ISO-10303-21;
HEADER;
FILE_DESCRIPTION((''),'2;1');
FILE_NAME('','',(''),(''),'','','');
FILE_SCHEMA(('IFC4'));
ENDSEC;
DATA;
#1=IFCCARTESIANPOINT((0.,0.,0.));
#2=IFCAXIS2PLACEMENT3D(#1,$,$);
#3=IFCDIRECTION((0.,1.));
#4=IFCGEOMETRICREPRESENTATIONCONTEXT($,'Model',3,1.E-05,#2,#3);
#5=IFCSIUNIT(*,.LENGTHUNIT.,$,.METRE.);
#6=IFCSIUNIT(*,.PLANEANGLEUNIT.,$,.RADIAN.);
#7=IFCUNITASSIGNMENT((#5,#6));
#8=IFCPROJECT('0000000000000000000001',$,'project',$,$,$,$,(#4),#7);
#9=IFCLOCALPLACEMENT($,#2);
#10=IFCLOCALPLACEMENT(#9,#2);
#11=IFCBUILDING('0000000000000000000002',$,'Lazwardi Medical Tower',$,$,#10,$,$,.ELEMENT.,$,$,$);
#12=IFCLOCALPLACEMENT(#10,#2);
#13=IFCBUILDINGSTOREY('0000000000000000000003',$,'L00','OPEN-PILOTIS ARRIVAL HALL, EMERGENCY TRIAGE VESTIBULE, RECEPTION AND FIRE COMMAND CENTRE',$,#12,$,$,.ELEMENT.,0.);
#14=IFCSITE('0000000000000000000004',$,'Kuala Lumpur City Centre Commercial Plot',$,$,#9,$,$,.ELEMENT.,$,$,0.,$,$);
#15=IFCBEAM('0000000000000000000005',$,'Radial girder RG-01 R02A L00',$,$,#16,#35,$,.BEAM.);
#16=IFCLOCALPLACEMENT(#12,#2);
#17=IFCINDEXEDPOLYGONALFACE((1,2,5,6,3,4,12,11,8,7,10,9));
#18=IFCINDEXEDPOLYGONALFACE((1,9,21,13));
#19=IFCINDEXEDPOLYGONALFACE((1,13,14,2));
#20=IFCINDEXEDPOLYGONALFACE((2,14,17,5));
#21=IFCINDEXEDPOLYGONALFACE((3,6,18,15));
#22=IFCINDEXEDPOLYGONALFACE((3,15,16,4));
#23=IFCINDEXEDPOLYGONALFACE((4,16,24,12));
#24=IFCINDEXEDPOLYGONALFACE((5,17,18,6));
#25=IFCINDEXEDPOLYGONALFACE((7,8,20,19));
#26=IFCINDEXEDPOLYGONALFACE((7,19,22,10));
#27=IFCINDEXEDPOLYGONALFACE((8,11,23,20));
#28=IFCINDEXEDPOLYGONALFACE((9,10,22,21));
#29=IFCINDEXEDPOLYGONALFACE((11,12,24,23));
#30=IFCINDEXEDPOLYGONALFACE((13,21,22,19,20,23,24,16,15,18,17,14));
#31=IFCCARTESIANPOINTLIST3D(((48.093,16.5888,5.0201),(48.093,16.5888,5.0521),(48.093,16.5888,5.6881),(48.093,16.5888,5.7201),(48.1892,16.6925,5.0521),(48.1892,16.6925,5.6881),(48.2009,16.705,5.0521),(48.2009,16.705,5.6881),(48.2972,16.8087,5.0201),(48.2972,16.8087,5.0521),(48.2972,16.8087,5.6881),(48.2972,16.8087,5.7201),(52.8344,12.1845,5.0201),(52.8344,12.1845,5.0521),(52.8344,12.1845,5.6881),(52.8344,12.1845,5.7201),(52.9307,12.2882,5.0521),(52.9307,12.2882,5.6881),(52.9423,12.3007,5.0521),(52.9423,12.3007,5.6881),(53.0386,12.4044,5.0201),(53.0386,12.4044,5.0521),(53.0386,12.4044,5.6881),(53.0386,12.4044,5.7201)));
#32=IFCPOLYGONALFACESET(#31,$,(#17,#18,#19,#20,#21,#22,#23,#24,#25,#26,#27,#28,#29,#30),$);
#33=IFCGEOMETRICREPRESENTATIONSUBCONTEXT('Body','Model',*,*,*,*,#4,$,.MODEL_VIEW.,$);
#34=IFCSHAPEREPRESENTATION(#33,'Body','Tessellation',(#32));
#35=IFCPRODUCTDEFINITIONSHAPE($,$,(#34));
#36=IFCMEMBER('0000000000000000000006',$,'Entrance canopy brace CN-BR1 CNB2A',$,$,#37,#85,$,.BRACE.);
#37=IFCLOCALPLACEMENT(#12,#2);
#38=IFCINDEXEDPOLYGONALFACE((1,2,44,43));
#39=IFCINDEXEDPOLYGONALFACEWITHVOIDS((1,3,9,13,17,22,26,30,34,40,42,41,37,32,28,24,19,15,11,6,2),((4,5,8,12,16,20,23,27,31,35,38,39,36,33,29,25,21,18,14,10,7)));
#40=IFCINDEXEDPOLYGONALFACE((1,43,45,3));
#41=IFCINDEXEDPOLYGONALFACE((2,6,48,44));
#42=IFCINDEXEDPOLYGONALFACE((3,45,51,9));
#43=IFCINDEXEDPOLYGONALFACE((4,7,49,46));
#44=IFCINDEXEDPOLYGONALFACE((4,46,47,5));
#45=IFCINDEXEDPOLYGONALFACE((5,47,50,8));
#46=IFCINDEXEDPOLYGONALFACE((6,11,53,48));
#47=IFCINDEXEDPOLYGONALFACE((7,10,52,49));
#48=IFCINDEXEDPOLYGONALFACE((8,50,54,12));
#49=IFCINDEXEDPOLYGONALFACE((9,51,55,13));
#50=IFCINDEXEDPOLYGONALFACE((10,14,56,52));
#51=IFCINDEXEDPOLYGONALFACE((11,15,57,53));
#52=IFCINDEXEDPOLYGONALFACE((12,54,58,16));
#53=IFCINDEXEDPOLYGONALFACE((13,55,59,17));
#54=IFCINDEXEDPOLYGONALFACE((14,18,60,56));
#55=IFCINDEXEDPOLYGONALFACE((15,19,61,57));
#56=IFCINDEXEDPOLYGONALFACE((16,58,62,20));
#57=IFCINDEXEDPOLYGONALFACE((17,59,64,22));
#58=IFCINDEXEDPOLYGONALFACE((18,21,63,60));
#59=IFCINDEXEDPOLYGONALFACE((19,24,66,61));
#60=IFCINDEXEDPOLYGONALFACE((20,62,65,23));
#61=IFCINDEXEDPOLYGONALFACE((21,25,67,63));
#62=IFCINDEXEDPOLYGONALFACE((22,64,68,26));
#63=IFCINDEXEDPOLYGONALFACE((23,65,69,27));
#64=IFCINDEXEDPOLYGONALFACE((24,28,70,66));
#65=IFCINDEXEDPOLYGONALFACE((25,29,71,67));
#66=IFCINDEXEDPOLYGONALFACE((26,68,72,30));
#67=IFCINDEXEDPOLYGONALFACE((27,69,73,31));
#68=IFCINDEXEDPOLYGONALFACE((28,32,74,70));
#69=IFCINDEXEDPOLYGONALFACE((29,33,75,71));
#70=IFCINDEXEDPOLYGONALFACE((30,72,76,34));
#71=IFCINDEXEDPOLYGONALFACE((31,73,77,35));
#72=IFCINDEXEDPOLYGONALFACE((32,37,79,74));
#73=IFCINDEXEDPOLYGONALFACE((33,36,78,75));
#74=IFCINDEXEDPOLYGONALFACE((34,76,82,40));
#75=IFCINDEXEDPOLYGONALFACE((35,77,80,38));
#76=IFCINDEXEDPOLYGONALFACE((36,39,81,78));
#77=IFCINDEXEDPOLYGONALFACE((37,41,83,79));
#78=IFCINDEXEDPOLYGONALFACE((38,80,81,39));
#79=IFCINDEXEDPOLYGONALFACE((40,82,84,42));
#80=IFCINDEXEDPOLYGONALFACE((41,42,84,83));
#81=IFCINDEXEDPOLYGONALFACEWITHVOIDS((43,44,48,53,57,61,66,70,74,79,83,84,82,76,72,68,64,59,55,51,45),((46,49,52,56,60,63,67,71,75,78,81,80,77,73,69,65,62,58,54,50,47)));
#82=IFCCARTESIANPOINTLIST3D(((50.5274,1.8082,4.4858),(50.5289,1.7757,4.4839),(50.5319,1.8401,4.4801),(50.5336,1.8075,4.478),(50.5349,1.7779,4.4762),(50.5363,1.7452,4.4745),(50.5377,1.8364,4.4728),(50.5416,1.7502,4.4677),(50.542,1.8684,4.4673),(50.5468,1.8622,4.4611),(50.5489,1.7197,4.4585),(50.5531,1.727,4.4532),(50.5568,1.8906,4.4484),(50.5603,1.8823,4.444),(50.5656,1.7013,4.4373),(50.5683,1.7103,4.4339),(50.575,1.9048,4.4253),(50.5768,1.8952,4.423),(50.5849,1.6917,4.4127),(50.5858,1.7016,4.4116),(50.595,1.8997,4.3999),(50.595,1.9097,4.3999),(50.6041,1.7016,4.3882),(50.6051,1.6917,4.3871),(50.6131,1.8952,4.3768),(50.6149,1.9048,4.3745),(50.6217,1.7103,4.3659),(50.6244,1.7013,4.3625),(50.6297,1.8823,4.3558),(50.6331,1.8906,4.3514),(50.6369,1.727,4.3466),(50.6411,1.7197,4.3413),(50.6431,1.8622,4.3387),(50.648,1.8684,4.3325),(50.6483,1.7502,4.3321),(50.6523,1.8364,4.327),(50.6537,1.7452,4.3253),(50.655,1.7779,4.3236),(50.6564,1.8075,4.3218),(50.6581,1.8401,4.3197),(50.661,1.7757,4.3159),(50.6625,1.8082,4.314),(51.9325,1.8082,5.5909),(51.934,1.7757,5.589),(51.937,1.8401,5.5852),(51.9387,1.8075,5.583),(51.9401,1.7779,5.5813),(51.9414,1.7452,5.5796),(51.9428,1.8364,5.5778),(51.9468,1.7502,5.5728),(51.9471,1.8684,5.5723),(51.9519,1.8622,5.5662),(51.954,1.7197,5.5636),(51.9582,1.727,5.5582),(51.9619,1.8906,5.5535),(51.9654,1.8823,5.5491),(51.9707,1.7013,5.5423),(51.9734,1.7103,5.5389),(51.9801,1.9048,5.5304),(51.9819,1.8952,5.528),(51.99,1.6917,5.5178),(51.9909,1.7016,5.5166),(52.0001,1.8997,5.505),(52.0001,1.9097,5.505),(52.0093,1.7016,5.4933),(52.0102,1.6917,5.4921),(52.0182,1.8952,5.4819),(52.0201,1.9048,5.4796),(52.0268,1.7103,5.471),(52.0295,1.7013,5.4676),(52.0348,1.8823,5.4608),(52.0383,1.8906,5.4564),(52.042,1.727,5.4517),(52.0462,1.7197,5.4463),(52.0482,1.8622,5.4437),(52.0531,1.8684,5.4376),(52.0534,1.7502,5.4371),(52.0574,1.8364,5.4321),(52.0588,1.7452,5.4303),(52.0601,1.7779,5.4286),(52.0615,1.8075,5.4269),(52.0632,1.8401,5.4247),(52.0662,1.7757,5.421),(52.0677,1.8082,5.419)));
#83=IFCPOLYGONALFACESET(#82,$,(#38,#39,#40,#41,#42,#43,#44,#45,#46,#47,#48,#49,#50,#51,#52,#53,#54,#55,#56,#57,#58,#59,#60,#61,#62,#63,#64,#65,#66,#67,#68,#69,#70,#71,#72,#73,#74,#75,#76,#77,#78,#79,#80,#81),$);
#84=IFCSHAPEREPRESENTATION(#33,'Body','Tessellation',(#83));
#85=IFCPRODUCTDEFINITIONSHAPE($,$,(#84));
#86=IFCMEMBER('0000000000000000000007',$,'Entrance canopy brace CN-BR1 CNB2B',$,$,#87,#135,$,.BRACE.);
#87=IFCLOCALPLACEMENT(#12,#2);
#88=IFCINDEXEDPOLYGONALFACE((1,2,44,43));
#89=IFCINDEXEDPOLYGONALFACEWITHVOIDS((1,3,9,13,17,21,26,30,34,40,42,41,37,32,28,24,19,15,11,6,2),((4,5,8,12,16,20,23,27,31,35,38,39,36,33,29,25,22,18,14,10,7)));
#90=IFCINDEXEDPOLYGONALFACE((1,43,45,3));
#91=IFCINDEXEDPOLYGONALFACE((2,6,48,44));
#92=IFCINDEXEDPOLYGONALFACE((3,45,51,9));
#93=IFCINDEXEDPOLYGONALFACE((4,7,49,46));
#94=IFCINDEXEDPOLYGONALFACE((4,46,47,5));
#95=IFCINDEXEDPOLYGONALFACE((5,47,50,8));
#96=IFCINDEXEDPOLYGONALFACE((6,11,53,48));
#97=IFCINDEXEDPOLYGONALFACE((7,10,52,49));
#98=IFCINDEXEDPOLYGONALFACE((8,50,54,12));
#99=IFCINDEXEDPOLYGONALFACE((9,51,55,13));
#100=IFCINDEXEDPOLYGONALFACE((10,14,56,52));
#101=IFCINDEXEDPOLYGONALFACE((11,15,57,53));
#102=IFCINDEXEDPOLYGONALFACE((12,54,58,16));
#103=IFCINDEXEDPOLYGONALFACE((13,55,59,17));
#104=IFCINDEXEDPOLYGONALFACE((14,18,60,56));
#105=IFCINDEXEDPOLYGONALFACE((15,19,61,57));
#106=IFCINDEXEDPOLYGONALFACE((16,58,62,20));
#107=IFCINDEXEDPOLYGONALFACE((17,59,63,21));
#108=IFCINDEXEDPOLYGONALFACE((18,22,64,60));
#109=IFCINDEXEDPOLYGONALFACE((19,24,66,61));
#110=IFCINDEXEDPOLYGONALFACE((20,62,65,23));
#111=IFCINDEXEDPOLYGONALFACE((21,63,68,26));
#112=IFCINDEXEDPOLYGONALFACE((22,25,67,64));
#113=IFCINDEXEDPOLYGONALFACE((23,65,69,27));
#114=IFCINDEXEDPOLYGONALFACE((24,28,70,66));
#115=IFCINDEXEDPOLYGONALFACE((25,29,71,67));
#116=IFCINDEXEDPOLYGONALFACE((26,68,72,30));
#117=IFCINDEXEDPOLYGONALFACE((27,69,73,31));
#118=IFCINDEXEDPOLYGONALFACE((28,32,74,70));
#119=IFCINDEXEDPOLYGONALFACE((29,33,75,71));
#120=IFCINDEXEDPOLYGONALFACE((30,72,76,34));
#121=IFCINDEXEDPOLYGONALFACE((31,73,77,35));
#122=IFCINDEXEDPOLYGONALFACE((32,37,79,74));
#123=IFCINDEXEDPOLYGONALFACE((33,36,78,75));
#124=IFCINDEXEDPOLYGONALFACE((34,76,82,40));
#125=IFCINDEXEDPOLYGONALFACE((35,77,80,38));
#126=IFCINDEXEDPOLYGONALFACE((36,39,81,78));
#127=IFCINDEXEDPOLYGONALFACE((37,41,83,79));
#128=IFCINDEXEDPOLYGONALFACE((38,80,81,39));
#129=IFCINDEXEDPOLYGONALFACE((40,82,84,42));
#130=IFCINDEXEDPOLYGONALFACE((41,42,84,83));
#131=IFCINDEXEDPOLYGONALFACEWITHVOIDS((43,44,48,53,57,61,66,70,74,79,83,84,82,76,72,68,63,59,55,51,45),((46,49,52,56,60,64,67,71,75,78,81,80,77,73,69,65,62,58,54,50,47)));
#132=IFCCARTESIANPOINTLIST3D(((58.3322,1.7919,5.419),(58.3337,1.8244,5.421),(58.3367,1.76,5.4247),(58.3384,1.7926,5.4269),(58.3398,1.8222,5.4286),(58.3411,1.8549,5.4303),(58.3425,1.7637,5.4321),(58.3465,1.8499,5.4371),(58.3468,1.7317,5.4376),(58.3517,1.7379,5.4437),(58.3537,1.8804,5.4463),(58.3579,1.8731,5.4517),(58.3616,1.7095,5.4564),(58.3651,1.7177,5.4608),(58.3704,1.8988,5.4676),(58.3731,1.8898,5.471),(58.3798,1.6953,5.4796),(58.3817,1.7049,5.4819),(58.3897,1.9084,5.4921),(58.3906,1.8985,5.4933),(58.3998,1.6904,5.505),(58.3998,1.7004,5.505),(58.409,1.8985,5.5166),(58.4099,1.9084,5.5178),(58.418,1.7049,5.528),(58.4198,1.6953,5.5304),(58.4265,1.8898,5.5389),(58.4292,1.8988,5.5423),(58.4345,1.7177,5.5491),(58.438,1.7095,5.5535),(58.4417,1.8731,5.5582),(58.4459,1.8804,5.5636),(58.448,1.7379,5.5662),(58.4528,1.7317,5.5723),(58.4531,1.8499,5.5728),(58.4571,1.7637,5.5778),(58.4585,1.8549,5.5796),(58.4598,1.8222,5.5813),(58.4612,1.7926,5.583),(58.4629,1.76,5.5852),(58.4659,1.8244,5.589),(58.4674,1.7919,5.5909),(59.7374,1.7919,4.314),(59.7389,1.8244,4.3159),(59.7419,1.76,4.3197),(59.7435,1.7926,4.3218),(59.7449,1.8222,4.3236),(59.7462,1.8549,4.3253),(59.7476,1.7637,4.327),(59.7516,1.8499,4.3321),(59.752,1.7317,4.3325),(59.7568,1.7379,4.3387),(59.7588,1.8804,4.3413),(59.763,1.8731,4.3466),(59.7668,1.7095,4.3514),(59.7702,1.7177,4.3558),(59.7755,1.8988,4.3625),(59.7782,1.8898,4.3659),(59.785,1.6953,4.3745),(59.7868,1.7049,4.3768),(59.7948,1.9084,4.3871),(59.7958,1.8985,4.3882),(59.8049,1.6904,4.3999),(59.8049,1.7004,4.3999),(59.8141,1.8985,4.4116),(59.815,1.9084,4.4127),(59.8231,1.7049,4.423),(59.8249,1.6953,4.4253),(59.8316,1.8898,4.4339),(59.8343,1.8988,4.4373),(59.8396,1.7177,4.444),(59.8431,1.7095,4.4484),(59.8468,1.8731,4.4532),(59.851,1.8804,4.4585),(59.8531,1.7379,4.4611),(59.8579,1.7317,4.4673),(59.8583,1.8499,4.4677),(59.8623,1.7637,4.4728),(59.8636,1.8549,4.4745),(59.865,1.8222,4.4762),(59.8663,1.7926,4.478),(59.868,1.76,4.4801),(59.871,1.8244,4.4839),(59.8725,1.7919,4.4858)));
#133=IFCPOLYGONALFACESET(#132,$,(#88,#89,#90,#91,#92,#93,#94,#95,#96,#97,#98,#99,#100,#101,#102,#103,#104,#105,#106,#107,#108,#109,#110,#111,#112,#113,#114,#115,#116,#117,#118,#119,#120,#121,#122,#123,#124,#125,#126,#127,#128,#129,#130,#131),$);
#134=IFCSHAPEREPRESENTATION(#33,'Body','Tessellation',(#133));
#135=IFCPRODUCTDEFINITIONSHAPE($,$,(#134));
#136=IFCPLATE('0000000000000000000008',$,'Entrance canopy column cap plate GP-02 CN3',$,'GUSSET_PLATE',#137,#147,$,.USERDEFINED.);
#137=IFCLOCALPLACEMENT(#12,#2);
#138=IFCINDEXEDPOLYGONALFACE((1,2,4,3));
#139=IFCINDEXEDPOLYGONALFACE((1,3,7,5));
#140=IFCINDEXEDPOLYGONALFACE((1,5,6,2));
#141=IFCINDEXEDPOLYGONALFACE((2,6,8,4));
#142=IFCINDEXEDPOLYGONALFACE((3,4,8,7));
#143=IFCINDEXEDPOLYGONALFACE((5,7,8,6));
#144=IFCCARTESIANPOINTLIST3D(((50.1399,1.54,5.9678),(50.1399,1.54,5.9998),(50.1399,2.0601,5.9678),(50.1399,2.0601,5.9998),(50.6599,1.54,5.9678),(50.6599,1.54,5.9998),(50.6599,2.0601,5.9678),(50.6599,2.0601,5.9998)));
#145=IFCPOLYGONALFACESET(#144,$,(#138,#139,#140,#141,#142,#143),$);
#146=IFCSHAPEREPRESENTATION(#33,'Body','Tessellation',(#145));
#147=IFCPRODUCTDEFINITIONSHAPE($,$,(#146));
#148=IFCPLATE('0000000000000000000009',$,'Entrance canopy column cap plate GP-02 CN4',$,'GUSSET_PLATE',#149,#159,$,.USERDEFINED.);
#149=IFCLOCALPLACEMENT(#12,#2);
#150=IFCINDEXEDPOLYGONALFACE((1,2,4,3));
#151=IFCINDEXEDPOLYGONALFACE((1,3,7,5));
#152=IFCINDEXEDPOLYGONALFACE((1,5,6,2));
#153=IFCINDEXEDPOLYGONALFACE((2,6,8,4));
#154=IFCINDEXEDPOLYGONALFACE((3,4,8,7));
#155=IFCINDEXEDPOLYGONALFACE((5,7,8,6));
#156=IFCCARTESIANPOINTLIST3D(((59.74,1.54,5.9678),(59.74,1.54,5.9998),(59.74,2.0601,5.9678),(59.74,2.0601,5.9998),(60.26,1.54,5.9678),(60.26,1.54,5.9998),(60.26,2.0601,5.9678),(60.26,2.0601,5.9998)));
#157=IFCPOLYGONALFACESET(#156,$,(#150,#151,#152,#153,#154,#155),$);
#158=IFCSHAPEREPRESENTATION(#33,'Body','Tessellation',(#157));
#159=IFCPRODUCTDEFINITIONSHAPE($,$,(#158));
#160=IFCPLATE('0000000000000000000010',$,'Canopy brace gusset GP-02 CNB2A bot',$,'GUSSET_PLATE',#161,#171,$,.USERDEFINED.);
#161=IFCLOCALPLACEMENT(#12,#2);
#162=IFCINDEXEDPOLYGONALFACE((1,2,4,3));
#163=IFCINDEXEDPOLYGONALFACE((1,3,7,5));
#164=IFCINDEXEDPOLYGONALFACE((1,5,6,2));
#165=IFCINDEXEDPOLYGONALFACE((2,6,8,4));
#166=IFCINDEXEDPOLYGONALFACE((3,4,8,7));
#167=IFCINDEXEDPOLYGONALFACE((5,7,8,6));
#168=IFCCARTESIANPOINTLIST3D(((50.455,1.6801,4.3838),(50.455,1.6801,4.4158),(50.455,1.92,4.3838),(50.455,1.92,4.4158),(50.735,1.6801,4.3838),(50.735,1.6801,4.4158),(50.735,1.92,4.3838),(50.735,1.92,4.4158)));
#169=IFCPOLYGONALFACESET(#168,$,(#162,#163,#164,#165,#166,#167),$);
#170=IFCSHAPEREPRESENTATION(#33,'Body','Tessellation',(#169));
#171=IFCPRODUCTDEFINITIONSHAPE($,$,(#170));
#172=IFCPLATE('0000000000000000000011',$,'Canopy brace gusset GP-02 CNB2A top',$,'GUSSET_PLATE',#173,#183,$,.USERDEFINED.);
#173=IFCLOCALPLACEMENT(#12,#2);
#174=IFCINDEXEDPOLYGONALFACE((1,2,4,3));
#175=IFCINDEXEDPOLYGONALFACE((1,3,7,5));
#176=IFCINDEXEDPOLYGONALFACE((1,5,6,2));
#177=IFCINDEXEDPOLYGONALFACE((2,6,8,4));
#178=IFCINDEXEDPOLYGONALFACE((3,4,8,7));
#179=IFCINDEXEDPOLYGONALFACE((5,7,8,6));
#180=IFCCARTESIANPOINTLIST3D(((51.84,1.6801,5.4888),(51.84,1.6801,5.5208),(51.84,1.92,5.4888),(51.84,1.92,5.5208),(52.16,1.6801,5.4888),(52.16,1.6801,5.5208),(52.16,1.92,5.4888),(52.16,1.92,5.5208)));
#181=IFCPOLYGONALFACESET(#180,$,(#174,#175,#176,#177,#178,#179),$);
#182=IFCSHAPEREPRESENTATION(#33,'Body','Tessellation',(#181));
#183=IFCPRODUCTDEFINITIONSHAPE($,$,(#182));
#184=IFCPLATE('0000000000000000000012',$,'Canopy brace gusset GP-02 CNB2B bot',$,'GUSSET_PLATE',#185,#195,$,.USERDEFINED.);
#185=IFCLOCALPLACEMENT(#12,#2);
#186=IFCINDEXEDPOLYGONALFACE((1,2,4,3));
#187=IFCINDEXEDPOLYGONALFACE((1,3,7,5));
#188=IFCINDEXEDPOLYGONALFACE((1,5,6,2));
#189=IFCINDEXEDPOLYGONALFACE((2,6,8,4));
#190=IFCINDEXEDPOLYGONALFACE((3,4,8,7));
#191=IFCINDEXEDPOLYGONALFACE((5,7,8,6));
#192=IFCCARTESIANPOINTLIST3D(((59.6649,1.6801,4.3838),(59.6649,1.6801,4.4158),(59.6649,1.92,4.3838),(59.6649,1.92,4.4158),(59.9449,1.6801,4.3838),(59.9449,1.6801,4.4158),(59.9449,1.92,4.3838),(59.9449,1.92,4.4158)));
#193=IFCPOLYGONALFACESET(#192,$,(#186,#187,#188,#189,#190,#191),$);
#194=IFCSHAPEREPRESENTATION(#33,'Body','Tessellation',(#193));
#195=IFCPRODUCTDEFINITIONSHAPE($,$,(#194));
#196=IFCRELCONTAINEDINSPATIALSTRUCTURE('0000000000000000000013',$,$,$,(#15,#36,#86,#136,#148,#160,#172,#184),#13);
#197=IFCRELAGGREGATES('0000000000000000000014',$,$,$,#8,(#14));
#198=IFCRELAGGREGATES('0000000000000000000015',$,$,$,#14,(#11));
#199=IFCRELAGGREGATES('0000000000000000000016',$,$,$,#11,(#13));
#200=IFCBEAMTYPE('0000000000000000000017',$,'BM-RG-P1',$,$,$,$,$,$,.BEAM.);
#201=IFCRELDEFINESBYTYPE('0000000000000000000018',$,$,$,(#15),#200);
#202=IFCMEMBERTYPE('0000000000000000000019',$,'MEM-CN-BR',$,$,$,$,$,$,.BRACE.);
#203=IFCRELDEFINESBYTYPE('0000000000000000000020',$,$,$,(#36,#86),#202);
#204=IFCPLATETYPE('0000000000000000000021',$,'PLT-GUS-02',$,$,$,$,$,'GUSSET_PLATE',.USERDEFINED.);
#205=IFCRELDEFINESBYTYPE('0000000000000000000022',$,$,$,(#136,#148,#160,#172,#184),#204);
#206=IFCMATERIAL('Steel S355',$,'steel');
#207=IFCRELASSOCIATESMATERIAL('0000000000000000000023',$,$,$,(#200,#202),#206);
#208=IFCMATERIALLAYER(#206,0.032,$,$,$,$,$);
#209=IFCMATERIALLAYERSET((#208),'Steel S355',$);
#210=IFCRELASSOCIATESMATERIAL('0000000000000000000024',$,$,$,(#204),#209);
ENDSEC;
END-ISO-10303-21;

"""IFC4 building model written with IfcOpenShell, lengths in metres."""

from ifc_helpers import new_model, si_unit, direction, frame, origin, origin_2d, place, context, subcontext, project, spatial, rectangle, hollow_circle, i_section, extrude, material, layer, layer_set, material_profile, profile_set, type_object, element, save


model = new_model("IFC4")

# Units and contexts
model_context = context("Model", 3, precision=1e-05, world=origin(), true_north=direction((0.0, 1.0)))
body_context = subcontext(model_context, "Body", "Model", "MODEL_VIEW")
ifc_project = project(units=[si_unit("LENGTHUNIT", "METRE"), si_unit("PLANEANGLEUNIT", "RADIAN")], contexts=[model_context])

# Site, building, storey
site_placement = place(None, origin())
site = spatial("IfcSite", under=ifc_project, at=site_placement, Name="Kuala Lumpur City Centre Commercial Plot", CompositionType="ELEMENT", RefElevation=0.0)
building_placement = place(site_placement, origin())
building = spatial("IfcBuilding", under=site, at=building_placement, Name="Lazwardi Medical Tower", CompositionType="ELEMENT")
storey_placement = place(building_placement, origin())
storey = spatial("IfcBuildingStorey", under=building, at=storey_placement, Name="L00", Description="OPEN-PILOTIS ARRIVAL HALL, EMERGENCY TRIAGE VESTIBULE, RECEPTION AND FIRE COMMAND CENTRE", CompositionType="ELEMENT", Elevation=0.0)

# Shared definitions
ifc_material_1 = material(Name="Steel S355", Category="steel")

# Beam
ifc_material_profile_1 = material_profile(ifc_material_1, i_section(OverallWidth=0.3, OverallDepth=0.7, WebThickness=0.0171, FlangeThickness=0.032, at=origin_2d()), Name="HEB 700")
ifc_profile_set_1 = profile_set([ifc_material_profile_1], Name="Steel S355")
beam_type_1 = type_object("IfcBeamType", Name="BM-RG-P1", PredefinedType="BEAM", material=ifc_profile_set_1)
beam_1_placement = place(storey_placement, frame((52.9365, 12.2944, 5.3701), z_axis=(-0.732677, 0.680577, 0.0), x_axis=(-0.680577, -0.732677, 0.0)))
element("IfcBeam", 1, at=beam_1_placement, inside=storey, type_object=beam_type_1, Name="Radial girder RG-01 R02A L00", PredefinedType="BEAM", context=body_context, shape_type="SweptSolid", body=[
    extrude(i_section(OverallWidth=0.3, OverallDepth=0.7, WebThickness=0.0171, FlangeThickness=0.032, at=origin_2d()), origin(), (0.0, 0.0, 1.0), 6.4714),
])

# Members
ifc_material_profile_2 = material_profile(ifc_material_1, hollow_circle(Radius=0.1096, WallThickness=0.01, at=origin_2d()), Name="CHS 219.1x10")
ifc_profile_set_2 = profile_set([ifc_material_profile_2], Name="Steel S355")
member_type = type_object("IfcMemberType", Name="MEM-CN-BR", PredefinedType="BRACE", material=ifc_profile_set_2)
for number, where, z_axis, x_axis, name in (
    (2, (50.595, 1.8, 4.3999), (0.786039, 0.0, 0.618177), (0.0, 1.0, 0.0), "Entrance canopy brace CN-BR1 CNB2A"),
    (3, (59.8049, 1.8, 4.3999), (-0.786039, 0.0, 0.618177), (0.0, -1.0, 0.0), "Entrance canopy brace CN-BR1 CNB2B"),
):
    element("IfcMember", number, at=place(storey_placement, frame(where, z_axis=z_axis, x_axis=x_axis)), inside=storey, type_object=member_type, Name=name, PredefinedType="BRACE", context=body_context, shape_type="SweptSolid", body=[
        extrude(hollow_circle(Radius=0.1096, WallThickness=0.01, at=origin_2d()), origin(), (0.0, 0.0, 1.0), 1.7876),
    ])

# Plates
ifc_layer_1 = layer(ifc_material_1, 0.032)
ifc_layer_set_1 = layer_set([ifc_layer_1], Name="Steel S355")
plate_type = type_object("IfcPlateType", Name="PLT-GUS-02", ElementType="GUSSET_PLATE", PredefinedType="USERDEFINED", material=ifc_layer_set_1)
for number, where, z_axis, x_axis, name in (
    (4, (50.3999, 1.8, 5.9678), (0.0, 0.0, 1.0), (1.0, 0.0, 0.0), "Entrance canopy column cap plate GP-02 CN3"),
    (5, (60.0, 1.8, 5.9678), (0.0, 0.0, 1.0), (1.0, 0.0, 0.0), "Entrance canopy column cap plate GP-02 CN4"),
):
    element("IfcPlate", number, at=place(storey_placement, frame(where, z_axis=z_axis, x_axis=x_axis)), inside=storey, type_object=plate_type, Name=name, ObjectType="GUSSET_PLATE", PredefinedType="USERDEFINED", context=body_context, shape_type="SweptSolid", body=[
        extrude(rectangle(XDim=0.52, YDim=0.52, at=origin_2d()), origin(), (0.0, 0.0, 1.0), 0.032),
    ])
plate_1_placement = place(storey_placement, frame((50.595, 1.8, 4.3838), z_axis=(0.0, 0.0, 1.0), x_axis=(1.0, 0.0, 0.0)))
element("IfcPlate", 6, at=plate_1_placement, inside=storey, type_object=plate_type, Name="Canopy brace gusset GP-02 CNB2A bot", ObjectType="GUSSET_PLATE", PredefinedType="USERDEFINED", context=body_context, shape_type="SweptSolid", body=[
    extrude(rectangle(XDim=0.28, YDim=0.24, at=origin_2d()), origin(), (0.0, 0.0, 1.0), 0.032),
])
plate_2_placement = place(storey_placement, frame((52.0, 1.8, 5.4888), z_axis=(0.0, 0.0, 1.0), x_axis=(1.0, 0.0, 0.0)))
element("IfcPlate", 7, at=plate_2_placement, inside=storey, type_object=plate_type, Name="Canopy brace gusset GP-02 CNB2A top", ObjectType="GUSSET_PLATE", PredefinedType="USERDEFINED", context=body_context, shape_type="SweptSolid", body=[
    extrude(rectangle(XDim=0.3201, YDim=0.24, at=origin_2d()), origin(), (0.0, 0.0, 1.0), 0.032),
])
plate_3_placement = place(storey_placement, frame((59.8049, 1.8, 4.3838), z_axis=(0.0, 0.0, 1.0), x_axis=(1.0, 0.0, 0.0)))
element("IfcPlate", 8, at=plate_3_placement, inside=storey, type_object=plate_type, Name="Canopy brace gusset GP-02 CNB2B bot", ObjectType="GUSSET_PLATE", PredefinedType="USERDEFINED", context=body_context, shape_type="SweptSolid", body=[
    extrude(rectangle(XDim=0.28, YDim=0.24, at=origin_2d()), origin(), (0.0, 0.0, 1.0), 0.032),
])

save(model, "model.ifc")
